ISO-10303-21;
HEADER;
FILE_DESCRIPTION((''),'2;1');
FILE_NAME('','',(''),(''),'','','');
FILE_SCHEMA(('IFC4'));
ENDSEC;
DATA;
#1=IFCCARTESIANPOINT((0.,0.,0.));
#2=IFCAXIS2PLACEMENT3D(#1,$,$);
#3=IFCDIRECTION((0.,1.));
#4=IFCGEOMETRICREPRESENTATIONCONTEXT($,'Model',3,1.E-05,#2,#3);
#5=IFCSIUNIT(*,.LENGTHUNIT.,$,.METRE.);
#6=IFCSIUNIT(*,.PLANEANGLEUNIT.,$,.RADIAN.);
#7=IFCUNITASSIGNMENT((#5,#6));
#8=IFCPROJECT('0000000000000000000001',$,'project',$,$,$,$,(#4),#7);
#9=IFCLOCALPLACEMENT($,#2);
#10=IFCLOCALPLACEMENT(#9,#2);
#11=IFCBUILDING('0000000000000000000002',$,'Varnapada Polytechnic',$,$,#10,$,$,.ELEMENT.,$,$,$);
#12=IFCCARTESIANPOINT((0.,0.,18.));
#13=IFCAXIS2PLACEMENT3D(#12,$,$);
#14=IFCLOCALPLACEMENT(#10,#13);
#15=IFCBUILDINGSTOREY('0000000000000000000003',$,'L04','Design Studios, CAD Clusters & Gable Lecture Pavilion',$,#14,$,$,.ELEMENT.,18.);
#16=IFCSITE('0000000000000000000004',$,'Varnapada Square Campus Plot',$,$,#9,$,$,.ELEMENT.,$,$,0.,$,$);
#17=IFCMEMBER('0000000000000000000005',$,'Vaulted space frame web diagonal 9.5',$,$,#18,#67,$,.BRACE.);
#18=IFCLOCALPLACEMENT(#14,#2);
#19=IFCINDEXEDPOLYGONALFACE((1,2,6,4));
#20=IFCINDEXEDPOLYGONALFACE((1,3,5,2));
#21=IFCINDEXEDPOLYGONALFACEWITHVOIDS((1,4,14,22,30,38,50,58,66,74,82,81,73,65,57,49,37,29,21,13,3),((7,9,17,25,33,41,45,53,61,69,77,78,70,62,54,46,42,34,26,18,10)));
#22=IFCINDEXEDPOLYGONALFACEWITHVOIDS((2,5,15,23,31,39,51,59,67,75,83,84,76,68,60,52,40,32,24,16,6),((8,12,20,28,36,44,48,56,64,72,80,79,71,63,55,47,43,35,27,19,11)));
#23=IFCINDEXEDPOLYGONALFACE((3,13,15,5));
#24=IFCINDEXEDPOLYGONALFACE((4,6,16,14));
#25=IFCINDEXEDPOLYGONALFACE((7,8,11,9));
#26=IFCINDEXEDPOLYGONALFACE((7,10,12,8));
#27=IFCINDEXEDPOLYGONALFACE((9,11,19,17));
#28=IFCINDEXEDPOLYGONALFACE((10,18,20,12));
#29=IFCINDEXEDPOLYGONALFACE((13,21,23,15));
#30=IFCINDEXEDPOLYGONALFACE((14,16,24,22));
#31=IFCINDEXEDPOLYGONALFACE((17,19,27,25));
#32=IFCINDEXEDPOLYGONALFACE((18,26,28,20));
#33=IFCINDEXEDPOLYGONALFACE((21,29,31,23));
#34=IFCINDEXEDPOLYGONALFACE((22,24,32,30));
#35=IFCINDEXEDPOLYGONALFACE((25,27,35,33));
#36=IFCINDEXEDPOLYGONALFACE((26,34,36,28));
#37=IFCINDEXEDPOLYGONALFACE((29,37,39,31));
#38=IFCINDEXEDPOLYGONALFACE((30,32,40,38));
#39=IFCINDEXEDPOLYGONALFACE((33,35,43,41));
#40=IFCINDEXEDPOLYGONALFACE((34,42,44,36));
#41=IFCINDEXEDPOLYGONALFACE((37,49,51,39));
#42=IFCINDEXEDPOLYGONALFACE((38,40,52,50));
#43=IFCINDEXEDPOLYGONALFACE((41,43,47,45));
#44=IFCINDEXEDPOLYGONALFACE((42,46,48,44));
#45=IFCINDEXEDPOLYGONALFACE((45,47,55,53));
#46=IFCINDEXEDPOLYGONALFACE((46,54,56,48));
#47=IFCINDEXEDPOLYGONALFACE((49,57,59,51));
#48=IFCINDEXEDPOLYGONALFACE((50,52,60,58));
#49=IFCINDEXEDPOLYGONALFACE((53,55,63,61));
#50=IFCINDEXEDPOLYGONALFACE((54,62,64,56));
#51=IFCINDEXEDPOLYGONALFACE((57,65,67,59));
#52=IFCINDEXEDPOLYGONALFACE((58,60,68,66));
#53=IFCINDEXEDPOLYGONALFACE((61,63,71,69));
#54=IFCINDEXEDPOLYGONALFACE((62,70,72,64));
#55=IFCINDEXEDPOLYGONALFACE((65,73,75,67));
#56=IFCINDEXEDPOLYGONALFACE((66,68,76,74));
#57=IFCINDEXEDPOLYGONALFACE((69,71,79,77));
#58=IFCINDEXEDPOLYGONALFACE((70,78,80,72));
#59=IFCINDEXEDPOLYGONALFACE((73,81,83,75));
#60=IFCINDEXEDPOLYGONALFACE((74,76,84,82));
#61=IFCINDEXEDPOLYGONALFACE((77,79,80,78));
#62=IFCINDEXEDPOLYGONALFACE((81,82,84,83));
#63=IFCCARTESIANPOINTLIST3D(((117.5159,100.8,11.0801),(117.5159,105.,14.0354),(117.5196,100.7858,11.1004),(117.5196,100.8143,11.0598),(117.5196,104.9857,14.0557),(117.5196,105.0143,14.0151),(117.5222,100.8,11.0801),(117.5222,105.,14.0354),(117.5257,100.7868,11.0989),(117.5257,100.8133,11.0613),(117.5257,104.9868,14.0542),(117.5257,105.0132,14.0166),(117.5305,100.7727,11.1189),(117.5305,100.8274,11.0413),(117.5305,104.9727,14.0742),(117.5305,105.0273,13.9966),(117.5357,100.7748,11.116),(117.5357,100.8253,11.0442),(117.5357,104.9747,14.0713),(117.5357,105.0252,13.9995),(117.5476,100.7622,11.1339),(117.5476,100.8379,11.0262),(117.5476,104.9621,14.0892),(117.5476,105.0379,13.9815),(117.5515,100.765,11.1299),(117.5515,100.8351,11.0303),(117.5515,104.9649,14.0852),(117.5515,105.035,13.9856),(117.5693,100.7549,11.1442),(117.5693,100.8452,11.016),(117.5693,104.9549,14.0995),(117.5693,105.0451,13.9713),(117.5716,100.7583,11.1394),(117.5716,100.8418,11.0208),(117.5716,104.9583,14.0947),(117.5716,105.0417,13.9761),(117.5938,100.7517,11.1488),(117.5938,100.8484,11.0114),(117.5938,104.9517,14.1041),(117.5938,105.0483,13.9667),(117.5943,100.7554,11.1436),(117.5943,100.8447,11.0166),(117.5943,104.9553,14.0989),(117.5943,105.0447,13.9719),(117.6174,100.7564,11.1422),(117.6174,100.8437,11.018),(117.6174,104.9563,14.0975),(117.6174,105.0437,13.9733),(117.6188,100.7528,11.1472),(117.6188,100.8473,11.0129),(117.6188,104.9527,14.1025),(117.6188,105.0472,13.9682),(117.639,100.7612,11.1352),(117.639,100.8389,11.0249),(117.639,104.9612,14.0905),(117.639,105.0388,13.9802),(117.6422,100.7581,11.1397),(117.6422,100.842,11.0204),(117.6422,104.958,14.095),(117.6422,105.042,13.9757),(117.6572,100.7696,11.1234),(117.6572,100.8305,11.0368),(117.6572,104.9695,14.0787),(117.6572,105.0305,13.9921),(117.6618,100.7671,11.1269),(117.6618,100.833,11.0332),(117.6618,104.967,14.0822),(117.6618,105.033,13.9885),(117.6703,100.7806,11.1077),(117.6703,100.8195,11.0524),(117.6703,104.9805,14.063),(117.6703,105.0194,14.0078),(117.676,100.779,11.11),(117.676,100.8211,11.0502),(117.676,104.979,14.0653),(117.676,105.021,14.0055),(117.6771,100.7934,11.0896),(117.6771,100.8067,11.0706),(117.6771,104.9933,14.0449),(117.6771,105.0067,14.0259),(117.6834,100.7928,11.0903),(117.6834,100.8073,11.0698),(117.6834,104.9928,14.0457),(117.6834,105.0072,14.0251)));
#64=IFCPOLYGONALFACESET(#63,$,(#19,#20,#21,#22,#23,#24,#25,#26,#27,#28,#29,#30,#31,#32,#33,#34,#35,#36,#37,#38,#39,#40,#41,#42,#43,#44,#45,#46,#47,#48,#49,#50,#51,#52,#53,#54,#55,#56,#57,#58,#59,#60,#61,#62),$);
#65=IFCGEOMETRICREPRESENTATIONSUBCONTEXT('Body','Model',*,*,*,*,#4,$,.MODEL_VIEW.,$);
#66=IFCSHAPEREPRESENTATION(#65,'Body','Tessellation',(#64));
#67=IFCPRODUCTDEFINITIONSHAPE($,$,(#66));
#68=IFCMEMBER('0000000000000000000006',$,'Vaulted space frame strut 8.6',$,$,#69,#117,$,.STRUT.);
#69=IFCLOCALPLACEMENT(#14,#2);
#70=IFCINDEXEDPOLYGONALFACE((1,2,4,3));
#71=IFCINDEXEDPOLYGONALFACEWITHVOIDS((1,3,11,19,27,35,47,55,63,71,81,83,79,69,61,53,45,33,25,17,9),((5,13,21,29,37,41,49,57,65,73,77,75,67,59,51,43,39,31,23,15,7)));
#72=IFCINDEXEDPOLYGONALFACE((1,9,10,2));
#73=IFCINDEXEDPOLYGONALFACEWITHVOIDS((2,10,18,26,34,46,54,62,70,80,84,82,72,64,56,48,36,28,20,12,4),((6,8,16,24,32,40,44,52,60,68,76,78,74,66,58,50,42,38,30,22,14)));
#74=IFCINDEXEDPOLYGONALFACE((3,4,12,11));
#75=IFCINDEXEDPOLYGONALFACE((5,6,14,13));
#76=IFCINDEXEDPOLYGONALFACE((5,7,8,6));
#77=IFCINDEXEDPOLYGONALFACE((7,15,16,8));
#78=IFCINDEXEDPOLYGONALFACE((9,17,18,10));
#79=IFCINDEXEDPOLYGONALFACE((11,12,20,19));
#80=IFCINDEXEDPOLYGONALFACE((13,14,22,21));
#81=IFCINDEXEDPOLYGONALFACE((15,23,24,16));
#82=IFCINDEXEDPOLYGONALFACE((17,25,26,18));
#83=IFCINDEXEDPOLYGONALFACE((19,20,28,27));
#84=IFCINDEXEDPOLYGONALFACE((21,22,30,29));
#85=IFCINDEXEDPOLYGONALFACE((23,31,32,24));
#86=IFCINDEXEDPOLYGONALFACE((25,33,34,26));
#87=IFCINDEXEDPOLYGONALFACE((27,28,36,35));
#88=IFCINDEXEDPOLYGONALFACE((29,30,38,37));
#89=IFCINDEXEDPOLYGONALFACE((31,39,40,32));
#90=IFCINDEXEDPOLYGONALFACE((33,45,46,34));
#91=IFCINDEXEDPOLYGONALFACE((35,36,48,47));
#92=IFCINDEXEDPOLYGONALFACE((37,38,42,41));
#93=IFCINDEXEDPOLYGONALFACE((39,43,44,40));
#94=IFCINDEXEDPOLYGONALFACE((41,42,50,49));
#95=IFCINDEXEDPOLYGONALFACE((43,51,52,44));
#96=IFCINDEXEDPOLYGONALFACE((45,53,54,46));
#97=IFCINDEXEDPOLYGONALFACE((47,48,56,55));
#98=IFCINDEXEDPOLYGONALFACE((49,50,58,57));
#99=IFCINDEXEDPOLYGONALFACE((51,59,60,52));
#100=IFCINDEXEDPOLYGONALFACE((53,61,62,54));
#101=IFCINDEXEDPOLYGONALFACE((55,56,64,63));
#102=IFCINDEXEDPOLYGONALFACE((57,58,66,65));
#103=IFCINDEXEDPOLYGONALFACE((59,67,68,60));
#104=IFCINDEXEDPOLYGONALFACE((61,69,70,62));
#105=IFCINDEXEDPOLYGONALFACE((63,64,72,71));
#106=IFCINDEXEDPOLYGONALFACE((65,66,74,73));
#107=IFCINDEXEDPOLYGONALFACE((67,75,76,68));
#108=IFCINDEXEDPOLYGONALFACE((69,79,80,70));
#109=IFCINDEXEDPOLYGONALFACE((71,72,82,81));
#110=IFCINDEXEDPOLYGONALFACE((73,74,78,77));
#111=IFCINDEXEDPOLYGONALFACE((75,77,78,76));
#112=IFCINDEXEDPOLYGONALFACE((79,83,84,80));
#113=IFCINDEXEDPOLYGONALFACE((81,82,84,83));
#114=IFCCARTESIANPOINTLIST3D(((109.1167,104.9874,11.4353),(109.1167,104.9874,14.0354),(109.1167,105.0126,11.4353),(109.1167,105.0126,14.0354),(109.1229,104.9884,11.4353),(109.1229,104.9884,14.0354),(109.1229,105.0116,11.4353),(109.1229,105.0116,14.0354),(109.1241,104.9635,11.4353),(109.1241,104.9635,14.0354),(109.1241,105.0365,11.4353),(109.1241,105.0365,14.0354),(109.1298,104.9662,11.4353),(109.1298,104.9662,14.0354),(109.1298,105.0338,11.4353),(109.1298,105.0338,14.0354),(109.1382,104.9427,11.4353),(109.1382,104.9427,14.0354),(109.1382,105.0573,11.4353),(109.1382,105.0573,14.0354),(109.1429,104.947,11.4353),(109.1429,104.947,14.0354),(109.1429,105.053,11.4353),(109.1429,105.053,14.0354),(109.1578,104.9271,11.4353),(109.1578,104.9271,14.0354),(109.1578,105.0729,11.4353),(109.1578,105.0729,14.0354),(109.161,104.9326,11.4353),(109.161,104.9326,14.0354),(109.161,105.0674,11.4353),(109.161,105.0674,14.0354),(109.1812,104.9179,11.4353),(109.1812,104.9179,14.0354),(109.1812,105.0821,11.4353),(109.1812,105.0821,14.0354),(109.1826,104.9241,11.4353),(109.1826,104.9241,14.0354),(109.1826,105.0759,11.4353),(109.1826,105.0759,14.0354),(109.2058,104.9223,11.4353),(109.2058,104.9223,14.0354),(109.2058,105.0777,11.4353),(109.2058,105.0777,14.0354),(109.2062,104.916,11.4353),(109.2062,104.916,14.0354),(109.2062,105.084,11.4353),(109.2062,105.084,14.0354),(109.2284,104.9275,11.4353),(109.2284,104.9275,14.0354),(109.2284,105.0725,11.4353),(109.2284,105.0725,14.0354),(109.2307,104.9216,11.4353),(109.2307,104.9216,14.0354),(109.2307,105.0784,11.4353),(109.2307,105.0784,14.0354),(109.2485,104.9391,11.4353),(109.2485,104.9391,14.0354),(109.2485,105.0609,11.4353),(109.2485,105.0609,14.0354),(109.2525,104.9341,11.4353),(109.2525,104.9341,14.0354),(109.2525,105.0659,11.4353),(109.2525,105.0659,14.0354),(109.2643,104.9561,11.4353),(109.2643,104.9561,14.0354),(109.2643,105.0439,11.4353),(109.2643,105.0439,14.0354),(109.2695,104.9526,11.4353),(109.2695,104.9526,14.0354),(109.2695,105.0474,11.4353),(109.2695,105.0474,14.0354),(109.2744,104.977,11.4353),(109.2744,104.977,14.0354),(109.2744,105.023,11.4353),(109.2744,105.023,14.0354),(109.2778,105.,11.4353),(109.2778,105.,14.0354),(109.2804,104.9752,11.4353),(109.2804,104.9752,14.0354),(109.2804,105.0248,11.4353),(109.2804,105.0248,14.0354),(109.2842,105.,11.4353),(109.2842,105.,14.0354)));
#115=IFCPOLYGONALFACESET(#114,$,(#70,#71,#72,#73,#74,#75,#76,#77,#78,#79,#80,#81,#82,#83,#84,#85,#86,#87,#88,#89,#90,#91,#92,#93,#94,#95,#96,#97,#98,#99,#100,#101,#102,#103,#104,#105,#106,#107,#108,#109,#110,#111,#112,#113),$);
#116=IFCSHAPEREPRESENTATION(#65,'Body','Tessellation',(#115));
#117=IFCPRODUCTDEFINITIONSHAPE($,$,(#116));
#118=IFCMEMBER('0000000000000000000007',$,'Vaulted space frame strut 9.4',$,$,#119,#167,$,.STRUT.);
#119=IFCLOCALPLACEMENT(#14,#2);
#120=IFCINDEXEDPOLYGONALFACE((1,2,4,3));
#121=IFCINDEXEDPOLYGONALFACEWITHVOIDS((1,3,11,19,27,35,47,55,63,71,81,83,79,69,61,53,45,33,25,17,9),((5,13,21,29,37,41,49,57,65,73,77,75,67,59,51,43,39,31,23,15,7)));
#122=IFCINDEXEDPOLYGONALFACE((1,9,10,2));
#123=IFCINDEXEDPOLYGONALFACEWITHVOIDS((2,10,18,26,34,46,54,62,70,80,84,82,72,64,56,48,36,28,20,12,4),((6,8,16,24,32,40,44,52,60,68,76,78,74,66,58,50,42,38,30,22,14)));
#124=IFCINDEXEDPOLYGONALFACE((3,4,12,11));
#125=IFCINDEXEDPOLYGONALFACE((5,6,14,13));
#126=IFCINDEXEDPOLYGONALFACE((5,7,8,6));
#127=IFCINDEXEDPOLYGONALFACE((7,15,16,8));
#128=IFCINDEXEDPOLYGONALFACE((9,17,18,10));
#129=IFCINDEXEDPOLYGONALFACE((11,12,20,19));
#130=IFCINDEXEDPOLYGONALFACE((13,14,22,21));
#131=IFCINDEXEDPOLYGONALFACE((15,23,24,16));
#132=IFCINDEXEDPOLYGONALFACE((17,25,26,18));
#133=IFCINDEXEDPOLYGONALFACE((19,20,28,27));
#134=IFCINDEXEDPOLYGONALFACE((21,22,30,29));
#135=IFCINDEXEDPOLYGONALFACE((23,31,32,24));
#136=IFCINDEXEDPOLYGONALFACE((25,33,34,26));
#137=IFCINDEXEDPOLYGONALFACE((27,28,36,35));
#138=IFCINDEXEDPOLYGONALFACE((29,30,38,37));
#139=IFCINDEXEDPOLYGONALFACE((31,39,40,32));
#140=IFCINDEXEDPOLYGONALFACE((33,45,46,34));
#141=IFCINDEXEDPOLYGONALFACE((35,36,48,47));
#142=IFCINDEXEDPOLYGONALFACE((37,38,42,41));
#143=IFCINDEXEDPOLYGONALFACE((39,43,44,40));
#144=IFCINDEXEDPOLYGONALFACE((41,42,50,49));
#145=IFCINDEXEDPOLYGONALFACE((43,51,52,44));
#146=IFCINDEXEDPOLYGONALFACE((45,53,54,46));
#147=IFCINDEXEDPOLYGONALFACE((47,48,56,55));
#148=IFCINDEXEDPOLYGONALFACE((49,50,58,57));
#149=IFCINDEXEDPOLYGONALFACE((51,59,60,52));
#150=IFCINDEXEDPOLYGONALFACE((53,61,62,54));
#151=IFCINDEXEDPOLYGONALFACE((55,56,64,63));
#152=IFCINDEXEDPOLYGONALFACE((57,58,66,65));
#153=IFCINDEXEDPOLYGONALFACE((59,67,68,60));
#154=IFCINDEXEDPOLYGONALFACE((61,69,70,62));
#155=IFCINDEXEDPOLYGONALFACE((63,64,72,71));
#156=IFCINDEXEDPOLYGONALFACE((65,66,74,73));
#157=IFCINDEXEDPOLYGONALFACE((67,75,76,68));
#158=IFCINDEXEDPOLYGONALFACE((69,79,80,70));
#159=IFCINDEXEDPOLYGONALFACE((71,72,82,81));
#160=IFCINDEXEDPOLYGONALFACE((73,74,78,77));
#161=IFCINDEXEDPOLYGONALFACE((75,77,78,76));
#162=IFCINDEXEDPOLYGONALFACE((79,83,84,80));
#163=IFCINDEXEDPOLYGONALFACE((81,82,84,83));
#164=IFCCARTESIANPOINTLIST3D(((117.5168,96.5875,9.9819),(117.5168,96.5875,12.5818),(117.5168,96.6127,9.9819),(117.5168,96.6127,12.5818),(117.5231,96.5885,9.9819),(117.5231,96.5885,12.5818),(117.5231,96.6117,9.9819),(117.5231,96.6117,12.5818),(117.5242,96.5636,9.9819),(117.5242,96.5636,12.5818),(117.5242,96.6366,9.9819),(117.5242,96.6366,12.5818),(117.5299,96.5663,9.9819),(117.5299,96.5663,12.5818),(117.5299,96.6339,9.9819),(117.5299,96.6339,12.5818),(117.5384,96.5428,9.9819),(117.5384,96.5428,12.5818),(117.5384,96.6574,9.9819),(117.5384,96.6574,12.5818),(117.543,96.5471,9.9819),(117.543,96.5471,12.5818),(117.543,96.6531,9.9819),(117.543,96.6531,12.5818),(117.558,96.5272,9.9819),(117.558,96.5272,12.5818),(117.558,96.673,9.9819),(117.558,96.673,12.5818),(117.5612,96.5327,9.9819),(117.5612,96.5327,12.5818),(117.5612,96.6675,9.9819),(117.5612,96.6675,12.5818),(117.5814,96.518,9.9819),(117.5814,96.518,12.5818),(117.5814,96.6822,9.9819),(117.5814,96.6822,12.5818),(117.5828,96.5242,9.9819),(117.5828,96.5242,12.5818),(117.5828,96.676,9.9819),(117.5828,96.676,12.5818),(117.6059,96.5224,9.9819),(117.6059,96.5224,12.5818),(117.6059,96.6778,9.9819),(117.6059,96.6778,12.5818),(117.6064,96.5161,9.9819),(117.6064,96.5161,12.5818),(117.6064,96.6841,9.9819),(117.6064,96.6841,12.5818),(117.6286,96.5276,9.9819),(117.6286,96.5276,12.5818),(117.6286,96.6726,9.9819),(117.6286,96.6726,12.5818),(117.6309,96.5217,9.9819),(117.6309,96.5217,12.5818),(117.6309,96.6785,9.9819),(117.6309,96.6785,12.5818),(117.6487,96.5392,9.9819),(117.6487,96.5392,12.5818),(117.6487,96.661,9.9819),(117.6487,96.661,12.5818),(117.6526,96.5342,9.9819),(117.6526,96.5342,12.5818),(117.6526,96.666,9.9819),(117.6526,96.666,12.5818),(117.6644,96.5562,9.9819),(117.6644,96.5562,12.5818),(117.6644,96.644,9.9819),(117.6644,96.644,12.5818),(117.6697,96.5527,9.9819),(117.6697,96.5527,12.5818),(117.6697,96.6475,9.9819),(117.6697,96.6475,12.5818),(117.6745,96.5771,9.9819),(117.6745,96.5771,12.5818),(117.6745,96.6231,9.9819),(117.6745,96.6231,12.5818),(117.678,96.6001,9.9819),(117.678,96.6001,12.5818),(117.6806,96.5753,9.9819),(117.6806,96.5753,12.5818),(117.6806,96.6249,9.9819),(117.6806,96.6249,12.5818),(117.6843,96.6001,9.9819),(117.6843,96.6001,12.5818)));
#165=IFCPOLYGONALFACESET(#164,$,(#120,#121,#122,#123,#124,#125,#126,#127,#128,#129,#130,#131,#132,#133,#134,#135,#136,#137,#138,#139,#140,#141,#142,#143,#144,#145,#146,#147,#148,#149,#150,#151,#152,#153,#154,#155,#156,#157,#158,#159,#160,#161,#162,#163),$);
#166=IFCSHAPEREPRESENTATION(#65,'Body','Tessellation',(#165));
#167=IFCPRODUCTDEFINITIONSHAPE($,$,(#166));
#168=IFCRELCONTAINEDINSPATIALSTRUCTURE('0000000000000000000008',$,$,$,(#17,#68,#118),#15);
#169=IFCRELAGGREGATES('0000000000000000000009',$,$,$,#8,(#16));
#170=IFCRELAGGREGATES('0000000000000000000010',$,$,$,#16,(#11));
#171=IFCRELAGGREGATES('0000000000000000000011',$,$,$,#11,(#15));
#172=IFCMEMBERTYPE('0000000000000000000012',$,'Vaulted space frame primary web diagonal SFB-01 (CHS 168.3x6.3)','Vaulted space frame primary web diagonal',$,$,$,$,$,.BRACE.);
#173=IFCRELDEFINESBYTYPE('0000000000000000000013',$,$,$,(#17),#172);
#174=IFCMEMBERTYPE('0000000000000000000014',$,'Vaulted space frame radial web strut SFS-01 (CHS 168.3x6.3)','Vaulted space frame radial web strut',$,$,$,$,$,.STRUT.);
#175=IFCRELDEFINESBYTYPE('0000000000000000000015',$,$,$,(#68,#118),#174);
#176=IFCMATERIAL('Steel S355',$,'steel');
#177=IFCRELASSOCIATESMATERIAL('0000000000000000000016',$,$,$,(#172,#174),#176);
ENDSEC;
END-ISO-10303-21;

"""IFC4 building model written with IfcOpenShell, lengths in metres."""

from ifc_helpers import new_model, si_unit, direction, frame, origin, origin_2d, place, context, subcontext, project, spatial, hollow_circle, extrude, material, material_profile, profile_set, type_object, element, save


model = new_model("IFC4")

# Units and contexts
model_context = context("Model", 3, precision=1e-05, world=origin(), true_north=direction((0.0, 1.0)))
body_context = subcontext(model_context, "Body", "Model", "MODEL_VIEW")
ifc_project = project(units=[si_unit("LENGTHUNIT", "METRE"), si_unit("PLANEANGLEUNIT", "RADIAN")], contexts=[model_context])

# Site, building, storey
site_placement = place(None, origin())
site = spatial("IfcSite", under=ifc_project, at=site_placement, Name="Varnapada Square Campus Plot", CompositionType="ELEMENT", RefElevation=0.0)
building_placement = place(site_placement, origin())
building = spatial("IfcBuilding", under=site, at=building_placement, Name="Varnapada Polytechnic", CompositionType="ELEMENT")
storey_placement = place(building_placement, frame((0.0, 0.0, 18.0)))
storey = spatial("IfcBuildingStorey", under=building, at=storey_placement, Name="L04", Description="Design Studios, CAD Clusters & Gable Lecture Pavilion", CompositionType="ELEMENT", Elevation=18.0)

# Shared definitions
ifc_material = material(Name="Steel S355", Category="steel")

# Members
ifc_material_profile_1 = material_profile(ifc_material, hollow_circle(Radius=0.0842, WallThickness=0.0063, at=origin_2d()), Name="CHS 168.3x6.3")
ifc_profile_set_1 = profile_set([ifc_material_profile_1], Name="Steel S355")
member_type_1 = type_object("IfcMemberType", Name="Vaulted space frame primary web diagonal SFB-01 (CHS 168.3x6.3)", Description="Vaulted space frame primary web diagonal", PredefinedType="BRACE", material=ifc_profile_set_1)
member_1_placement = place(storey_placement, frame((117.6001, 100.8, 11.0801), z_axis=(0.0, 0.817825, 0.575467), x_axis=(-1.0, 0.0, 0.0)))
element("IfcMember", 1, at=member_1_placement, inside=storey, type_object=member_type_1, Name="Vaulted space frame web diagonal 9.5", PredefinedType="BRACE", context=body_context, shape_type="SweptSolid", body=[
    extrude(hollow_circle(Radius=0.0842, WallThickness=0.0063, at=origin_2d()), origin(), (0.0, 0.0, 1.0), 5.1355),
])
ifc_material_profile_2 = material_profile(ifc_material, hollow_circle(Radius=0.0842, WallThickness=0.0063, at=origin_2d()), Name="CHS 168.3x6.3")
ifc_profile_set_2 = profile_set([ifc_material_profile_2], Name="Steel S355")
member_type_2 = type_object("IfcMemberType", Name="Vaulted space frame radial web strut SFS-01 (CHS 168.3x6.3)", Description="Vaulted space frame radial web strut", PredefinedType="STRUT", material=ifc_profile_set_2)
member_2_placement = place(storey_placement, frame((109.2, 105.0, 11.4353), z_axis=(0.0, 0.0, 1.0), x_axis=(1.0, 0.0, 0.0)))
element("IfcMember", 2, at=member_2_placement, inside=storey, type_object=member_type_2, Name="Vaulted space frame strut 8.6", PredefinedType="STRUT", context=body_context, shape_type="SweptSolid", body=[
    extrude(hollow_circle(Radius=0.0842, WallThickness=0.0063, at=origin_2d()), origin(), (0.0, 0.0, 1.0), 2.6001),
])
for number, where, z_axis, x_axis, name in (
    (3, (117.6001, 96.6001, 9.9819), (0.0, 0.0, 1.0), (1.0, 0.0, 0.0), "Vaulted space frame strut 9.4"),
):
    element("IfcMember", number, at=place(storey_placement, frame(where, z_axis=z_axis, x_axis=x_axis)), inside=storey, type_object=member_type_2, Name=name, PredefinedType="STRUT", context=body_context, shape_type="SweptSolid", body=[
        extrude(hollow_circle(Radius=0.0842, WallThickness=0.0063, at=origin_2d()), origin(), (0.0, 0.0, 1.0), 2.5999),
    ])

save(model, "model.ifc")
